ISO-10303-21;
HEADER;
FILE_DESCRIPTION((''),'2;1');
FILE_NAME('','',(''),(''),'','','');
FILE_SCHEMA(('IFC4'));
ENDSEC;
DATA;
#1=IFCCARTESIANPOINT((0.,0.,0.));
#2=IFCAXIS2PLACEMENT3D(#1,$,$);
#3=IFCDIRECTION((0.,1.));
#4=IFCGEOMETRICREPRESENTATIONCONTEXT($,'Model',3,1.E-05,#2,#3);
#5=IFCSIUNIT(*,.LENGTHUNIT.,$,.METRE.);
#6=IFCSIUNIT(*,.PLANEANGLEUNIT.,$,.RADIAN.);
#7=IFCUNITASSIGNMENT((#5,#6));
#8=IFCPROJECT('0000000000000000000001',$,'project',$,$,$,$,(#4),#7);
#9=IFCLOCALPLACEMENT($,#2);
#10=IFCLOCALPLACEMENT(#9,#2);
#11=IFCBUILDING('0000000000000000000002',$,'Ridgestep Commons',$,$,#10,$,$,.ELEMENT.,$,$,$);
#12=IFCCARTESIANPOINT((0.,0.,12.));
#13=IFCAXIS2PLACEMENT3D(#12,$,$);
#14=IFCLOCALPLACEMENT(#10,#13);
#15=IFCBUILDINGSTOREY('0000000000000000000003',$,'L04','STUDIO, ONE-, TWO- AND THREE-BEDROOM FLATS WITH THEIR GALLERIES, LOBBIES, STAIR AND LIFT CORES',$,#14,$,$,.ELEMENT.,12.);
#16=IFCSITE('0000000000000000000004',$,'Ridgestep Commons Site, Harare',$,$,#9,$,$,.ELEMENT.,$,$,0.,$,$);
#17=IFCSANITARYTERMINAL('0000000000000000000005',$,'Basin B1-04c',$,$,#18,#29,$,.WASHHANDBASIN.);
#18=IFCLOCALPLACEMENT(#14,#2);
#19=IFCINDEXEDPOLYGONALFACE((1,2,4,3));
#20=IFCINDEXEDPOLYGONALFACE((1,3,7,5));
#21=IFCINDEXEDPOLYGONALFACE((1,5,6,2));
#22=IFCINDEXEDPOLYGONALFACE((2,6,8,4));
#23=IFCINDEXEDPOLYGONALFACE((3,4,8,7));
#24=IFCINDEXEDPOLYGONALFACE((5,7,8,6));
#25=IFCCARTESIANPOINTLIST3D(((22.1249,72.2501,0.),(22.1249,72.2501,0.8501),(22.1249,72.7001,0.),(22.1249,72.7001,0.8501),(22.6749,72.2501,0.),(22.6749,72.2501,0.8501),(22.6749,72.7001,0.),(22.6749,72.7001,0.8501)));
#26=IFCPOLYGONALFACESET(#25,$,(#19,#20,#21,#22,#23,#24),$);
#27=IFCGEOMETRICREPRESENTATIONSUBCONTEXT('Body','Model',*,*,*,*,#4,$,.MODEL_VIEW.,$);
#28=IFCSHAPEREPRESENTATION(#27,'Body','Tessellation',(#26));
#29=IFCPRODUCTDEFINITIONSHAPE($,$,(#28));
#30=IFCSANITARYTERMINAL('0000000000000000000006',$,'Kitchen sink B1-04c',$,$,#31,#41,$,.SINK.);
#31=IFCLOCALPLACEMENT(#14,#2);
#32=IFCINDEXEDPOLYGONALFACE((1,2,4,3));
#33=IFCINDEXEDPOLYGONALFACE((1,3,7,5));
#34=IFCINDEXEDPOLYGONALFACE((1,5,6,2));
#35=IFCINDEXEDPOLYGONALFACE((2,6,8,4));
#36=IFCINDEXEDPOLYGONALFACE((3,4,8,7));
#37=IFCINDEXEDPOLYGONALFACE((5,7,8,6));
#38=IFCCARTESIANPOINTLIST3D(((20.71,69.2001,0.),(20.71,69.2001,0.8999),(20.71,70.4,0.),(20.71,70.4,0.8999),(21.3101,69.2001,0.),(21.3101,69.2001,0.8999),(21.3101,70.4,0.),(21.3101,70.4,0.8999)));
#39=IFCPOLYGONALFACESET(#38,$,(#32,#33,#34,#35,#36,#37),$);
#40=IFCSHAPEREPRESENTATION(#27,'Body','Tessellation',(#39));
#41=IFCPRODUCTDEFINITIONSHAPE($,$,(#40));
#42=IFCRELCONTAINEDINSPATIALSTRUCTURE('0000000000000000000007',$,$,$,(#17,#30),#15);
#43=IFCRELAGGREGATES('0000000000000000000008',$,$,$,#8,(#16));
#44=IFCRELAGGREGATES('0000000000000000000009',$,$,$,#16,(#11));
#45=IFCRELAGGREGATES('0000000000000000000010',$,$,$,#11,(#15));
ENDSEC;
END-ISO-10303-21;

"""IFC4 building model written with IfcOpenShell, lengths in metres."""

from ifc_helpers import new_model, si_unit, direction, frame, origin, origin_2d, place, context, subcontext, project, spatial, rectangle, extrude, element, save


model = new_model("IFC4")

# Units and contexts
model_context = context("Model", 3, precision=1e-05, world=origin(), true_north=direction((0.0, 1.0)))
body_context = subcontext(model_context, "Body", "Model", "MODEL_VIEW")
ifc_project = project(units=[si_unit("LENGTHUNIT", "METRE"), si_unit("PLANEANGLEUNIT", "RADIAN")], contexts=[model_context])

# Site, building, storey
site_placement = place(None, origin())
site = spatial("IfcSite", under=ifc_project, at=site_placement, Name="Ridgestep Commons Site, Harare", CompositionType="ELEMENT", RefElevation=0.0)
building_placement = place(site_placement, origin())
building = spatial("IfcBuilding", under=site, at=building_placement, Name="Ridgestep Commons", CompositionType="ELEMENT")
storey_placement = place(building_placement, frame((0.0, 0.0, 12.0)))
storey = spatial("IfcBuildingStorey", under=building, at=storey_placement, Name="L04", Description="STUDIO, ONE-, TWO- AND THREE-BEDROOM FLATS WITH THEIR GALLERIES, LOBBIES, STAIR AND LIFT CORES", CompositionType="ELEMENT", Elevation=12.0)

# Sanitary terminals
sanitary_terminal_1_placement = place(storey_placement, frame((22.3999, 72.4751, 0.0), z_axis=(0.0, 0.0, 1.0), x_axis=(1.0, 0.0, 0.0)))
element("IfcSanitaryTerminal", 1, at=sanitary_terminal_1_placement, inside=storey, Name="Basin B1-04c", PredefinedType="WASHHANDBASIN", context=body_context, shape_type="SweptSolid", body=[
    extrude(rectangle(XDim=0.55, YDim=0.45, at=origin_2d()), origin(), (0.0, 0.0, 1.0), 0.8501),
])
sanitary_terminal_2_placement = place(storey_placement, frame((21.01, 69.8, 0.0), z_axis=(0.0, 0.0, 1.0), x_axis=(1.0, 0.0, 0.0)))
element("IfcSanitaryTerminal", 2, at=sanitary_terminal_2_placement, inside=storey, Name="Kitchen sink B1-04c", PredefinedType="SINK", context=body_context, shape_type="SweptSolid", body=[
    extrude(rectangle(XDim=0.6001, YDim=1.2, at=origin_2d()), origin(), (0.0, 0.0, 1.0), 0.8999),
])

save(model, "model.ifc")
